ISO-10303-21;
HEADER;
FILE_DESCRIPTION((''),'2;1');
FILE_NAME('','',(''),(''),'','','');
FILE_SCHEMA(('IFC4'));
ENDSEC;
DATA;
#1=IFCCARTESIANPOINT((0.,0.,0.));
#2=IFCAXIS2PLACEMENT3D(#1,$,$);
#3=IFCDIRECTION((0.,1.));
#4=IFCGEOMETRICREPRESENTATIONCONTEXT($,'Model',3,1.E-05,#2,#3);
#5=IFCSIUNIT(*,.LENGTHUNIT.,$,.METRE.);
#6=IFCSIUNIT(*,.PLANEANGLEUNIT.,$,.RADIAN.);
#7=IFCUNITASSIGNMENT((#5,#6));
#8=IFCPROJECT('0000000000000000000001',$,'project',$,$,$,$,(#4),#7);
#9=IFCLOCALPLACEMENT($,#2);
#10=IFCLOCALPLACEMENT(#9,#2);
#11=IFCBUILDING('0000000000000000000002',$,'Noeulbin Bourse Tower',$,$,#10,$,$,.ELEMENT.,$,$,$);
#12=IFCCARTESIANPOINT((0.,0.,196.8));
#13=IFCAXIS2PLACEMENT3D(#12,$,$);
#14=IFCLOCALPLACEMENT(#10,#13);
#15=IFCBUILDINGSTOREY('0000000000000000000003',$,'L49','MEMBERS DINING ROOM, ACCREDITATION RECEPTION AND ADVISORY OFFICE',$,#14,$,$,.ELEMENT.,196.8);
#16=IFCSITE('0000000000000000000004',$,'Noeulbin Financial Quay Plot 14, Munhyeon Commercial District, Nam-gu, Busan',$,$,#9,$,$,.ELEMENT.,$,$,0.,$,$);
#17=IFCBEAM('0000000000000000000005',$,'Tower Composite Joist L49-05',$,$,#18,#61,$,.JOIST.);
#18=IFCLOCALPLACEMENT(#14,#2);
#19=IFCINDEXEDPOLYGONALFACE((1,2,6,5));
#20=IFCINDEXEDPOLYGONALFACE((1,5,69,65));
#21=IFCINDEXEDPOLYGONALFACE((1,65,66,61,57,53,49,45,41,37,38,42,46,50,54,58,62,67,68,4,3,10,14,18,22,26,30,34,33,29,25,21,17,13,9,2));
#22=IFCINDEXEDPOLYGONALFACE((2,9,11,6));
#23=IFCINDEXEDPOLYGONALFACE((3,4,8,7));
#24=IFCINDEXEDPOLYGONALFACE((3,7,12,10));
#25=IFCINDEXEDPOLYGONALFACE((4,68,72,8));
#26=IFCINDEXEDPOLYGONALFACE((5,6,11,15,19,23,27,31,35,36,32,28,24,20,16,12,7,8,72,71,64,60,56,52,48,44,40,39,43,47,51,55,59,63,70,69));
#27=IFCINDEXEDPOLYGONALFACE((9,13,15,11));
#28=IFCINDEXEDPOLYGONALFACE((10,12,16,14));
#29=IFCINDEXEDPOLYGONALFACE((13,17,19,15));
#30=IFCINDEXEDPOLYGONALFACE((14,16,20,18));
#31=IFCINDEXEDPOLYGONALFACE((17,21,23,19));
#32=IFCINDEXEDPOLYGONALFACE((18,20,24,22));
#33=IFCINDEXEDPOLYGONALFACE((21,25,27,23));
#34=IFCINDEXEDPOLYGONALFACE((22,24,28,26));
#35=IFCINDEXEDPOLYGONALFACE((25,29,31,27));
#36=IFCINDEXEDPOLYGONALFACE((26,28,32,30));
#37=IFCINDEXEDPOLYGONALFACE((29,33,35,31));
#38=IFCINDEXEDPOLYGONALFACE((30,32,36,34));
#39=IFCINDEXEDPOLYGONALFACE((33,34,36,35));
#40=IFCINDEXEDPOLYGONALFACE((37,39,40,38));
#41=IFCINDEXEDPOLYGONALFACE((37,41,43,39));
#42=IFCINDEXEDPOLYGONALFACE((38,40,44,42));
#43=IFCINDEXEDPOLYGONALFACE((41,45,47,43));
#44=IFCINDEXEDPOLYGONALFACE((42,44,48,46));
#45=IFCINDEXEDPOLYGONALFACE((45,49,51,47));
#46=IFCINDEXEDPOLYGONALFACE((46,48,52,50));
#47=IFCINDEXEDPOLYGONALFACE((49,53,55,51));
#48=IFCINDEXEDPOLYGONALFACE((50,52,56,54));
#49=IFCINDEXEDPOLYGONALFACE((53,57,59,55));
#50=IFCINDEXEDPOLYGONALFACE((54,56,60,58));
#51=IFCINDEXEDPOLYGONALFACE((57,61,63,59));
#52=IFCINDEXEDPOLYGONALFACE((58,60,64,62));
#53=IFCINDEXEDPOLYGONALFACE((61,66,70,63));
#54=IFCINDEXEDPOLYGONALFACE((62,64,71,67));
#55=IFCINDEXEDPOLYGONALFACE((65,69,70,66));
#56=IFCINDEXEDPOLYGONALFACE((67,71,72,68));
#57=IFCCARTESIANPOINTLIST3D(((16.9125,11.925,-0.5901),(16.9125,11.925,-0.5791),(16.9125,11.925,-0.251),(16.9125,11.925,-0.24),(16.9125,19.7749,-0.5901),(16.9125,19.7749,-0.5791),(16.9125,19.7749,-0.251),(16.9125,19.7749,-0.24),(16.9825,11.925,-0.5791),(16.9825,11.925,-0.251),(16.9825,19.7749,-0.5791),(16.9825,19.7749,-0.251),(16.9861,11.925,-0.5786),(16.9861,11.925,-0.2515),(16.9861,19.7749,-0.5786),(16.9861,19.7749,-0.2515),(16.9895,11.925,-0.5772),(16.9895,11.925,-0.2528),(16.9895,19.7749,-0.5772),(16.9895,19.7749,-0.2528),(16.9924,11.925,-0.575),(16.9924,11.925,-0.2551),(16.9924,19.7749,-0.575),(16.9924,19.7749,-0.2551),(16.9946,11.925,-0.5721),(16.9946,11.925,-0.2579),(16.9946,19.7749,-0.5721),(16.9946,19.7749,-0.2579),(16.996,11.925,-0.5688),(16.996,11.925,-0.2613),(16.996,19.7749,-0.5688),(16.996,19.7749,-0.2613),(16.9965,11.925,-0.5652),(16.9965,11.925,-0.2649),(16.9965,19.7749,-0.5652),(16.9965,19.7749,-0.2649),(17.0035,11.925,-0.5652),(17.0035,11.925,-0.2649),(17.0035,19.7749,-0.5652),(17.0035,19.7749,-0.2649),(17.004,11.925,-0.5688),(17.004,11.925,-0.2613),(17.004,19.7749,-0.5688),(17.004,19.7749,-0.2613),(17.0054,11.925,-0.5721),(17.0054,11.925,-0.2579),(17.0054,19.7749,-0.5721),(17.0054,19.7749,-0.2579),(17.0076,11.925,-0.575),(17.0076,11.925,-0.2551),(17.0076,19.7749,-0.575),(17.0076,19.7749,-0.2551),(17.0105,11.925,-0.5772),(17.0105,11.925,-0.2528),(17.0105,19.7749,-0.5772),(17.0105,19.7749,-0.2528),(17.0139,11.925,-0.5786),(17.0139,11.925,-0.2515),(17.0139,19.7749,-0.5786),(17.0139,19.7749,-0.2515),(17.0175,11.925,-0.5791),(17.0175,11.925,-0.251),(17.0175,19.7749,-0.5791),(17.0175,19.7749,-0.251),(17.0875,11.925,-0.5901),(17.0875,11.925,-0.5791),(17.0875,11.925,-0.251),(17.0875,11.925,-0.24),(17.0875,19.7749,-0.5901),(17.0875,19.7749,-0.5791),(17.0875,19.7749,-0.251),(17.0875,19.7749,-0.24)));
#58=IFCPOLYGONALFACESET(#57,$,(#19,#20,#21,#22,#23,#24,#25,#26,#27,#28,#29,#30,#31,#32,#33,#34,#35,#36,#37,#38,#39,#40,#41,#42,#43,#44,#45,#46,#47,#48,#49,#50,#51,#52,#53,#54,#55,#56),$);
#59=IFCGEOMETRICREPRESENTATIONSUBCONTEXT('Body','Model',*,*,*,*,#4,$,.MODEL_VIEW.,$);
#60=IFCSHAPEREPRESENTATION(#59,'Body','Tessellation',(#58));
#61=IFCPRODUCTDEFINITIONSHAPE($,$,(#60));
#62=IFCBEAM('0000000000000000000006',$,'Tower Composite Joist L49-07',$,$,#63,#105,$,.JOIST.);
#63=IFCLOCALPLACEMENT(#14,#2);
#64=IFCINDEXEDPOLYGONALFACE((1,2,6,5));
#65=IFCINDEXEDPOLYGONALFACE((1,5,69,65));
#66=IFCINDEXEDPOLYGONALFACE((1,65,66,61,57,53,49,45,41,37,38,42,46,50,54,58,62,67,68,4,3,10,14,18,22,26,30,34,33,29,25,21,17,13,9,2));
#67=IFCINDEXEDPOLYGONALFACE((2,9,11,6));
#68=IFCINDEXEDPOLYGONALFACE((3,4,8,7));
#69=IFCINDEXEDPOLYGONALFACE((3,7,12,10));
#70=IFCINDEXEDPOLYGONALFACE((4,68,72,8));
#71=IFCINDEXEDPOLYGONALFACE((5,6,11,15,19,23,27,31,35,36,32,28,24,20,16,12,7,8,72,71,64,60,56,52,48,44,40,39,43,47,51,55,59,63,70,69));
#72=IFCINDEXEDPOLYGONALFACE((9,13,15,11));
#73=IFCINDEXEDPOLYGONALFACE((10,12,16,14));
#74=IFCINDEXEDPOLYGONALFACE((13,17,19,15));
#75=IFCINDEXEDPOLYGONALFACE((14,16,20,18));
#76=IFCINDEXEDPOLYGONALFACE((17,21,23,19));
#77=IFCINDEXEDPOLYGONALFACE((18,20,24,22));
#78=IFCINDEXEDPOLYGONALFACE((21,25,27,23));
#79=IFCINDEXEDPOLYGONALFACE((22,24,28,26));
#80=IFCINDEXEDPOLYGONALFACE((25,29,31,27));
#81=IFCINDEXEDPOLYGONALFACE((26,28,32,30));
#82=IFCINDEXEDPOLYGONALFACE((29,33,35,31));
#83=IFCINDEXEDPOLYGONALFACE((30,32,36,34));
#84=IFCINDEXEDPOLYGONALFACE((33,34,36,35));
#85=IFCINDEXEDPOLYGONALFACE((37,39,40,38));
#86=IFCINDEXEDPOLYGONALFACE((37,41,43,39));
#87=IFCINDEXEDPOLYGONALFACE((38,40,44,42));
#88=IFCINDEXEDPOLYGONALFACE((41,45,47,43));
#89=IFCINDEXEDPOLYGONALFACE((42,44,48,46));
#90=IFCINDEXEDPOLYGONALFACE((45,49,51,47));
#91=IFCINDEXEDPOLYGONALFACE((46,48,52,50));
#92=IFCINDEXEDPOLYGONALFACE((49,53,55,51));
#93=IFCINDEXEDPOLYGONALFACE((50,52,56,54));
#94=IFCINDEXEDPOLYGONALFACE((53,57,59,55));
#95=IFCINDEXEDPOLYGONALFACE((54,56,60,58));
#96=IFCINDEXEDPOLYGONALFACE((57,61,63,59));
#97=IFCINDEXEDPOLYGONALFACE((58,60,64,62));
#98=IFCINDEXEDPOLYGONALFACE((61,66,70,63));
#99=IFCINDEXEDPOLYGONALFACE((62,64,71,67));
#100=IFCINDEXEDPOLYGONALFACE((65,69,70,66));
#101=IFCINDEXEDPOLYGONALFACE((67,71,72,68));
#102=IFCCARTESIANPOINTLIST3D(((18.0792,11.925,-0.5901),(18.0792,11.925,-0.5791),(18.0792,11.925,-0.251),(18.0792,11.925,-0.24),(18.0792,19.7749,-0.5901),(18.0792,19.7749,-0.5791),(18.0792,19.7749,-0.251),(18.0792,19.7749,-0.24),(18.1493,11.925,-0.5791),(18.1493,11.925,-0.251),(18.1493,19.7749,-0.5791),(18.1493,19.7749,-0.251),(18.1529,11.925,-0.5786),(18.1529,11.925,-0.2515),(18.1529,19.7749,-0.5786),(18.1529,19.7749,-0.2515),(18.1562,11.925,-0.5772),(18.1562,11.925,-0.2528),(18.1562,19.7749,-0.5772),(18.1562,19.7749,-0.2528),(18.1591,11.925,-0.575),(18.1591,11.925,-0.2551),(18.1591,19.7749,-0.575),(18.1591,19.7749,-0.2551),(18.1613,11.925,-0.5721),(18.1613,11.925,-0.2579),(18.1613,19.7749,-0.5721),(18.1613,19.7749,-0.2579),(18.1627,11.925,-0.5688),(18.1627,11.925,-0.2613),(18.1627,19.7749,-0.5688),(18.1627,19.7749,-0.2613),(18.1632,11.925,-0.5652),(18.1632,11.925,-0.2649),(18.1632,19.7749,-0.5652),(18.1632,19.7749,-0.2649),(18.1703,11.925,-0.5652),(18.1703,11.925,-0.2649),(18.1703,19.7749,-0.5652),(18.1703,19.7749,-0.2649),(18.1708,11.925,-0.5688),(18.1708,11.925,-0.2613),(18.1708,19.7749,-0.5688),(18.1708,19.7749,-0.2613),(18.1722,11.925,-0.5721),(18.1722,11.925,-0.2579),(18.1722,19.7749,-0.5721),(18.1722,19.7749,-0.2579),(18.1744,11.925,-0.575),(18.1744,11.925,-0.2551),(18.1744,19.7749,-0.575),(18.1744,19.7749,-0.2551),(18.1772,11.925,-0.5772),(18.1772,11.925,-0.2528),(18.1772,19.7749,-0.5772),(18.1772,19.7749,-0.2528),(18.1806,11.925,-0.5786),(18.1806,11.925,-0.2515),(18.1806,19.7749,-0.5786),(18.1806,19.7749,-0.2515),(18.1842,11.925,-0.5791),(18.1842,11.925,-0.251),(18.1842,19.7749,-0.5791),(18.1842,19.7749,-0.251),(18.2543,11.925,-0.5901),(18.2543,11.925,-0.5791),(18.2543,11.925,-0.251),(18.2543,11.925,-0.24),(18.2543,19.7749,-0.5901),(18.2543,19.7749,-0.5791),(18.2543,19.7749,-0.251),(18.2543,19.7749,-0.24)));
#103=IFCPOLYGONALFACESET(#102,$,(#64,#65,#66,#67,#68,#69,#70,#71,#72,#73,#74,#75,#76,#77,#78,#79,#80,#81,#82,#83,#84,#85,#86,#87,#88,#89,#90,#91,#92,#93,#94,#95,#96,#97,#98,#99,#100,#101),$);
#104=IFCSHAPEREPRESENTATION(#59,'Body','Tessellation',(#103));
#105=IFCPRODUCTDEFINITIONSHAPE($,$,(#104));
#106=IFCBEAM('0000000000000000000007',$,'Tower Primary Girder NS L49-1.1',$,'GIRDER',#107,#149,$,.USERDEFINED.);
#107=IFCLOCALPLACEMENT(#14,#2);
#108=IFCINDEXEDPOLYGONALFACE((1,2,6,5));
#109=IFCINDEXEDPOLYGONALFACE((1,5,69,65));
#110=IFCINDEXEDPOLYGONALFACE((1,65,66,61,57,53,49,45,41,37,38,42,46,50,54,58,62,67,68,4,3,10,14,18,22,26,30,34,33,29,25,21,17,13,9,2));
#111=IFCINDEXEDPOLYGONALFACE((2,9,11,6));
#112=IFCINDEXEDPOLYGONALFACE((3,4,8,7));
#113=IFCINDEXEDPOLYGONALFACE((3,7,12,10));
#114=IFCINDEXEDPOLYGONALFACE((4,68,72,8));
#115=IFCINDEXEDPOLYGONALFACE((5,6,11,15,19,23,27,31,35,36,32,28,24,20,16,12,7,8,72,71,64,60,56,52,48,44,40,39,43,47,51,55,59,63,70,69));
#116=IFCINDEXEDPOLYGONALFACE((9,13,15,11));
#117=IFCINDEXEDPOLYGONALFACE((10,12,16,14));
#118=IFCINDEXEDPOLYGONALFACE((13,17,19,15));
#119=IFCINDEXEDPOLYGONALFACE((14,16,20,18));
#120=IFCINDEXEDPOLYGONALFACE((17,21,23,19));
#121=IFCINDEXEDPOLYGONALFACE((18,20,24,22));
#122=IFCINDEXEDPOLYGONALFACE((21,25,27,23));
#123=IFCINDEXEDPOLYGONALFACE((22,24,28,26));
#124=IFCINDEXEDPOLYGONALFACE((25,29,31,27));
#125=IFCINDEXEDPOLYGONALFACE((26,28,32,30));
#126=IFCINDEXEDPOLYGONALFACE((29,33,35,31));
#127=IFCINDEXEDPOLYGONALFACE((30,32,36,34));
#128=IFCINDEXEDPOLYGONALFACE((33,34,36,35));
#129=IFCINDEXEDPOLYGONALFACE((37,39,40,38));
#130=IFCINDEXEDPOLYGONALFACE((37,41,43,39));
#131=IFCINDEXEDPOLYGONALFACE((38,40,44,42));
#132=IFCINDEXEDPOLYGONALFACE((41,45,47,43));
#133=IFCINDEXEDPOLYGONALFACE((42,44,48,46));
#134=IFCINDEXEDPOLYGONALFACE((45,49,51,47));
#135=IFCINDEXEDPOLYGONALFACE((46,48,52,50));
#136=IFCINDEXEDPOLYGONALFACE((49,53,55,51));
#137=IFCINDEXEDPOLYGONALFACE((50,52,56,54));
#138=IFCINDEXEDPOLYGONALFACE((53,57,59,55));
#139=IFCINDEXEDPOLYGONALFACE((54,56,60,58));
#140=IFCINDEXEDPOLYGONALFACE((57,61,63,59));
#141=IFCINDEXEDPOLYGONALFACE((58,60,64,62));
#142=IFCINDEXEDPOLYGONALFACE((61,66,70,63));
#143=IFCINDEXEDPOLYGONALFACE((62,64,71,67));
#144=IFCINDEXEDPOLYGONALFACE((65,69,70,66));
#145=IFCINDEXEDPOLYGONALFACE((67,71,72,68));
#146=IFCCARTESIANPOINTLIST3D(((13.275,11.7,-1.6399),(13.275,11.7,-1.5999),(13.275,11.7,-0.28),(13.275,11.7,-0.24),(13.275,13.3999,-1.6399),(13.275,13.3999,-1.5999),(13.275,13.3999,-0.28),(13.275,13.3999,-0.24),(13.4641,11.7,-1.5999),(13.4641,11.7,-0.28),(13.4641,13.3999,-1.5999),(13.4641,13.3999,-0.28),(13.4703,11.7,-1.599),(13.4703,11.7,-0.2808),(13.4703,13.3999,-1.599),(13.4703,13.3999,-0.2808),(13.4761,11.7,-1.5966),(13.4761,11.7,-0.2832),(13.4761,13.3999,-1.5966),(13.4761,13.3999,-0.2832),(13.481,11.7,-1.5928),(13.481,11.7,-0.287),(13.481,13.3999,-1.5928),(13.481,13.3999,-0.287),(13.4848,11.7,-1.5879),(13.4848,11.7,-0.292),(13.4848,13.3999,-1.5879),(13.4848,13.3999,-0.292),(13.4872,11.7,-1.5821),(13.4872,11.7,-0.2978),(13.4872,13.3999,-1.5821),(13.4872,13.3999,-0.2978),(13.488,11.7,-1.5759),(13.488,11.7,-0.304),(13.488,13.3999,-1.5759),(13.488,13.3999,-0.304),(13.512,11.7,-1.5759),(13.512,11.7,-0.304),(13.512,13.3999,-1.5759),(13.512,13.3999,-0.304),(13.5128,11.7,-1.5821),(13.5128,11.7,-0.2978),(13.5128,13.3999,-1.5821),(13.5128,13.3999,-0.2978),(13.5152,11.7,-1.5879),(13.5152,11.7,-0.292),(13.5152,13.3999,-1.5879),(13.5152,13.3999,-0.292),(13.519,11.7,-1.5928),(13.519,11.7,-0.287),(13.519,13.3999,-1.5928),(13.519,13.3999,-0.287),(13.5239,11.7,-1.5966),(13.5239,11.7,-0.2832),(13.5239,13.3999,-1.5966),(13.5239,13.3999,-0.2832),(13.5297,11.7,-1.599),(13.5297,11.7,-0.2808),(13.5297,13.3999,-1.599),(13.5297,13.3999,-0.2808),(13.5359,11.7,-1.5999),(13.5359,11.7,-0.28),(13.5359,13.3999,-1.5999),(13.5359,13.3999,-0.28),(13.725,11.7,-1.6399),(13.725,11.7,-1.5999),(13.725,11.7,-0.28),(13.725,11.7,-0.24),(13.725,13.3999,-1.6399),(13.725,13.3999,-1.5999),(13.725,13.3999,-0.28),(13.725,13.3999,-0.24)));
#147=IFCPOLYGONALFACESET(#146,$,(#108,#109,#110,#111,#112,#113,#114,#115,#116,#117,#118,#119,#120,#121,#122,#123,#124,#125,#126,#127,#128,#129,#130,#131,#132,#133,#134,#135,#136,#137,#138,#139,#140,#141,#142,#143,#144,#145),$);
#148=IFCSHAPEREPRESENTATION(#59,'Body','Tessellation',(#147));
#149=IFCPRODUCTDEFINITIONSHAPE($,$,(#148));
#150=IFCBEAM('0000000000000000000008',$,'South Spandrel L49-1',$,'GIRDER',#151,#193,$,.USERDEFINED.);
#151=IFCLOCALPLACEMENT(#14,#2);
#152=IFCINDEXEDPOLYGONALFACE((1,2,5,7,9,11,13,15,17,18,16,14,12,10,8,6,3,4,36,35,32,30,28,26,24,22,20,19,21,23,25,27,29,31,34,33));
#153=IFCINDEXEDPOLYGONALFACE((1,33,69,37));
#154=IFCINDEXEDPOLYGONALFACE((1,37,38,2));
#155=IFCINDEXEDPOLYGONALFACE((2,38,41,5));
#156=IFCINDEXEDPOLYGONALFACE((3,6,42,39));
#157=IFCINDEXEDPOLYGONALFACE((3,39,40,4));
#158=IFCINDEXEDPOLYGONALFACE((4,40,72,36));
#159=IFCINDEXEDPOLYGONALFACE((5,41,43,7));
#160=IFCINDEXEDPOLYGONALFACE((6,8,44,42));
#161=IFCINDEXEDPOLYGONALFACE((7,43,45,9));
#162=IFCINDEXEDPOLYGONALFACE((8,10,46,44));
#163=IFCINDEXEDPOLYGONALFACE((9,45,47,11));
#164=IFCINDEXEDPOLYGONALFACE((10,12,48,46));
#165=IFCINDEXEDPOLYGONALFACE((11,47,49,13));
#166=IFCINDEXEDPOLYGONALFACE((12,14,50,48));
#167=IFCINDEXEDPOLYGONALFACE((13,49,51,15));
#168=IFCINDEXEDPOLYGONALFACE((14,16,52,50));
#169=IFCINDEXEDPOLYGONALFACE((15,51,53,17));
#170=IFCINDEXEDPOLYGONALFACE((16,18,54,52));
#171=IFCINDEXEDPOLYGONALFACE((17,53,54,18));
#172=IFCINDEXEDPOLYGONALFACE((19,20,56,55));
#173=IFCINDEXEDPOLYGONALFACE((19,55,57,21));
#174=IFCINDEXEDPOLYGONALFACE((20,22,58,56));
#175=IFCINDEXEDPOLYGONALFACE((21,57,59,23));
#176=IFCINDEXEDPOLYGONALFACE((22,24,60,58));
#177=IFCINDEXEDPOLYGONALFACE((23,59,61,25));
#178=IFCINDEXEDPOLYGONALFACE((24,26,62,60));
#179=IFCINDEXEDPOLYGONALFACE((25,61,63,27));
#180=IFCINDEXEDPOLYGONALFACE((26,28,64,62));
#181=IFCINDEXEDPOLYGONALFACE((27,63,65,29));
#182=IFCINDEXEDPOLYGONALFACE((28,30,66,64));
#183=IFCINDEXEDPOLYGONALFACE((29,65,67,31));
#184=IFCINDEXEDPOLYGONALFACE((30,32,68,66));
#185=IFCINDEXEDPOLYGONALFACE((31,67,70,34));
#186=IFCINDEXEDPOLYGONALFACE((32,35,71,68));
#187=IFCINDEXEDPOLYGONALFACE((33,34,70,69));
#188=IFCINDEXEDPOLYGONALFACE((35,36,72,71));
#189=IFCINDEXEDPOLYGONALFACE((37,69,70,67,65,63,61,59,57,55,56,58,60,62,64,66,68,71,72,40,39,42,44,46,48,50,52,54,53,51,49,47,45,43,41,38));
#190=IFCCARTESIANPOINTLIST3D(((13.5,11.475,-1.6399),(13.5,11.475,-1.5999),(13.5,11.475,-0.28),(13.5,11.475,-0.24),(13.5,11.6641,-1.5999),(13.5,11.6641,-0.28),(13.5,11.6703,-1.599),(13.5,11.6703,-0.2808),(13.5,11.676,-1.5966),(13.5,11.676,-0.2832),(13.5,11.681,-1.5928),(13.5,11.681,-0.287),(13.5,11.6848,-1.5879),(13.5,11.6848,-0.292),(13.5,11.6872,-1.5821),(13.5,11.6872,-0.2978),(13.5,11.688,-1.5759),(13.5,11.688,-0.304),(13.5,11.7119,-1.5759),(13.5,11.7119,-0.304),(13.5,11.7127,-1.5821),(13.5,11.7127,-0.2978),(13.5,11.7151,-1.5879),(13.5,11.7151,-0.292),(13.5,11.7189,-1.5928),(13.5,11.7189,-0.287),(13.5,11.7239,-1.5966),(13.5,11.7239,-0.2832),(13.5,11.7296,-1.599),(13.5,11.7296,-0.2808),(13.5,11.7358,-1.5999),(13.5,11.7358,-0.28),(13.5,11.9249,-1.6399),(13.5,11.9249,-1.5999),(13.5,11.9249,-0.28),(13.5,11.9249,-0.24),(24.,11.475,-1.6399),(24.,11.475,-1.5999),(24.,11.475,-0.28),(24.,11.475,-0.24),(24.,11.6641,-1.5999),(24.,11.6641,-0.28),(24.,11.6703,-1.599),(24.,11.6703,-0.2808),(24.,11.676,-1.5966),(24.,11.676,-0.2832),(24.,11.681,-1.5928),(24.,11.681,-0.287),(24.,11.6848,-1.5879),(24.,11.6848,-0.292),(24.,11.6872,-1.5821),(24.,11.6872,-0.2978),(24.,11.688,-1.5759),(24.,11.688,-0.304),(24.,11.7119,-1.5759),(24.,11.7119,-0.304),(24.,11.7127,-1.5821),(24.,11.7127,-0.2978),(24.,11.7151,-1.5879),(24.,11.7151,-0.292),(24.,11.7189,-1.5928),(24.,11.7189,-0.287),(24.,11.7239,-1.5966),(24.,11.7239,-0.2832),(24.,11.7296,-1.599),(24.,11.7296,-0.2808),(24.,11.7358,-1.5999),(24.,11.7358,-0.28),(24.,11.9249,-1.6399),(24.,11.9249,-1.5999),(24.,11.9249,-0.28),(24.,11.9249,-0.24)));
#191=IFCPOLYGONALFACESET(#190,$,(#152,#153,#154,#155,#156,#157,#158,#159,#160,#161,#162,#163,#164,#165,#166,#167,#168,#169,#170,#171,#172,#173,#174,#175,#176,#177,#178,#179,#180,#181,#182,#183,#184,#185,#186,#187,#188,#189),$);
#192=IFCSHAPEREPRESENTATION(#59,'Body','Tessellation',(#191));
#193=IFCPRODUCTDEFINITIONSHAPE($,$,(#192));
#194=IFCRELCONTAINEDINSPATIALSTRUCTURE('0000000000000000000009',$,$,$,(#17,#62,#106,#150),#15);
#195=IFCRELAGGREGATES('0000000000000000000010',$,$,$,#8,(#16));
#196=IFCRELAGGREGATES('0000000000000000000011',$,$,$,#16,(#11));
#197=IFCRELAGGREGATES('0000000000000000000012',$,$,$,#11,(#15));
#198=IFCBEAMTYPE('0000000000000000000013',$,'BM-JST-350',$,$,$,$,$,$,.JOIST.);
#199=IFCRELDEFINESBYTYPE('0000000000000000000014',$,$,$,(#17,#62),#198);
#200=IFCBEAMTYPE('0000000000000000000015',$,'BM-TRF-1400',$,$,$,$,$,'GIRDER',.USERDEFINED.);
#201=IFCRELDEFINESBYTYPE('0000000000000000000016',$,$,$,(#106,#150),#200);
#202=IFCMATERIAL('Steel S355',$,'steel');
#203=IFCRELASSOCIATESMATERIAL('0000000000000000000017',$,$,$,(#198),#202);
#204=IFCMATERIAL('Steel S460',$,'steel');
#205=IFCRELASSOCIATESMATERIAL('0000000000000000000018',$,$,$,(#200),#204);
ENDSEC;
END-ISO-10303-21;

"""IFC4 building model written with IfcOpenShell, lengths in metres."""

from ifc_helpers import new_model, si_unit, direction, frame, origin, origin_2d, place, context, subcontext, project, spatial, i_section, extrude, material, material_profile, profile_set, type_object, element, save


model = new_model("IFC4")

# Units and contexts
model_context = context("Model", 3, precision=1e-05, world=origin(), true_north=direction((0.0, 1.0)))
body_context = subcontext(model_context, "Body", "Model", "MODEL_VIEW")
ifc_project = project(units=[si_unit("LENGTHUNIT", "METRE"), si_unit("PLANEANGLEUNIT", "RADIAN")], contexts=[model_context])

# Site, building, storey
site_placement = place(None, origin())
site = spatial("IfcSite", under=ifc_project, at=site_placement, Name="Noeulbin Financial Quay Plot 14, Munhyeon Commercial District, Nam-gu, Busan", CompositionType="ELEMENT", RefElevation=0.0)
building_placement = place(site_placement, origin())
building = spatial("IfcBuilding", under=site, at=building_placement, Name="Noeulbin Bourse Tower", CompositionType="ELEMENT")
storey_placement = place(building_placement, frame((0.0, 0.0, 196.8)))
storey = spatial("IfcBuildingStorey", under=building, at=storey_placement, Name="L49", Description="MEMBERS DINING ROOM, ACCREDITATION RECEPTION AND ADVISORY OFFICE", CompositionType="ELEMENT", Elevation=196.8)

# Shared definitions
ifc_material_1 = material(Name="Steel S355", Category="steel")

# Beams
ifc_material_profile_1 = material_profile(ifc_material_1, i_section(OverallWidth=0.175, OverallDepth=0.3501, WebThickness=0.0071, FlangeThickness=0.011, FilletRadius=0.0139, at=origin_2d()), Name="H-350x175x7x11", Category="LoadBearing")
ifc_profile_set_1 = profile_set([ifc_material_profile_1], Name="Steel S355")
beam_type_1 = type_object("IfcBeamType", Name="BM-JST-350", PredefinedType="JOIST", material=ifc_profile_set_1)
for number, where, z_axis, x_axis, name in (
    (1, (17.0, 11.925, -0.415), (0.0, 1.0, 0.0), (-1.0, 0.0, 0.0), "Tower Composite Joist L49-05"),
    (2, (18.1667, 11.925, -0.415), (0.0, 1.0, 0.0), (-1.0, 0.0, 0.0), "Tower Composite Joist L49-07"),
):
    element("IfcBeam", number, at=place(storey_placement, frame(where, z_axis=z_axis, x_axis=x_axis)), inside=storey, type_object=beam_type_1, Name=name, PredefinedType="JOIST", context=body_context, shape_type="SweptSolid", body=[
        extrude(i_section(OverallWidth=0.175, OverallDepth=0.3501, WebThickness=0.0071, FlangeThickness=0.011, FilletRadius=0.0139, at=origin_2d()), origin(), (0.0, 0.0, 1.0), 7.8499),
    ])
ifc_material_2 = material(Name="Steel S460", Category="steel")
ifc_material_profile_2 = material_profile(ifc_material_2, i_section(OverallWidth=0.45, OverallDepth=1.3999, WebThickness=0.0239, FlangeThickness=0.04, FilletRadius=0.0239, at=origin_2d()), Name="PG-1400x450x24x40", Category="LoadBearing")
ifc_profile_set_2 = profile_set([ifc_material_profile_2], Name="Steel S460")
beam_type_2 = type_object("IfcBeamType", Name="BM-TRF-1400", ElementType="GIRDER", PredefinedType="USERDEFINED", material=ifc_profile_set_2)
beam_1_placement = place(storey_placement, frame((13.5, 11.7, -0.9399), z_axis=(0.0, 1.0, 0.0), x_axis=(-1.0, 0.0, 0.0)))
element("IfcBeam", 3, at=beam_1_placement, inside=storey, type_object=beam_type_2, Name="Tower Primary Girder NS L49-1.1", ObjectType="GIRDER", PredefinedType="USERDEFINED", context=body_context, shape_type="SweptSolid", body=[
    extrude(i_section(OverallWidth=0.45, OverallDepth=1.3999, WebThickness=0.0239, FlangeThickness=0.04, FilletRadius=0.0239, at=origin_2d()), origin(), (0.0, 0.0, 1.0), 1.7),
])
beam_2_placement = place(storey_placement, frame((13.5, 11.7, -0.9399), z_axis=(1.0, 0.0, 0.0), x_axis=(0.0, 1.0, 0.0)))
element("IfcBeam", 4, at=beam_2_placement, inside=storey, type_object=beam_type_2, Name="South Spandrel L49-1", ObjectType="GIRDER", PredefinedType="USERDEFINED", context=body_context, shape_type="SweptSolid", body=[
    extrude(i_section(OverallWidth=0.45, OverallDepth=1.3999, WebThickness=0.0239, FlangeThickness=0.04, FilletRadius=0.0239, at=origin_2d()), origin(), (0.0, 0.0, 1.0), 10.5),
])

save(model, "model.ifc")
